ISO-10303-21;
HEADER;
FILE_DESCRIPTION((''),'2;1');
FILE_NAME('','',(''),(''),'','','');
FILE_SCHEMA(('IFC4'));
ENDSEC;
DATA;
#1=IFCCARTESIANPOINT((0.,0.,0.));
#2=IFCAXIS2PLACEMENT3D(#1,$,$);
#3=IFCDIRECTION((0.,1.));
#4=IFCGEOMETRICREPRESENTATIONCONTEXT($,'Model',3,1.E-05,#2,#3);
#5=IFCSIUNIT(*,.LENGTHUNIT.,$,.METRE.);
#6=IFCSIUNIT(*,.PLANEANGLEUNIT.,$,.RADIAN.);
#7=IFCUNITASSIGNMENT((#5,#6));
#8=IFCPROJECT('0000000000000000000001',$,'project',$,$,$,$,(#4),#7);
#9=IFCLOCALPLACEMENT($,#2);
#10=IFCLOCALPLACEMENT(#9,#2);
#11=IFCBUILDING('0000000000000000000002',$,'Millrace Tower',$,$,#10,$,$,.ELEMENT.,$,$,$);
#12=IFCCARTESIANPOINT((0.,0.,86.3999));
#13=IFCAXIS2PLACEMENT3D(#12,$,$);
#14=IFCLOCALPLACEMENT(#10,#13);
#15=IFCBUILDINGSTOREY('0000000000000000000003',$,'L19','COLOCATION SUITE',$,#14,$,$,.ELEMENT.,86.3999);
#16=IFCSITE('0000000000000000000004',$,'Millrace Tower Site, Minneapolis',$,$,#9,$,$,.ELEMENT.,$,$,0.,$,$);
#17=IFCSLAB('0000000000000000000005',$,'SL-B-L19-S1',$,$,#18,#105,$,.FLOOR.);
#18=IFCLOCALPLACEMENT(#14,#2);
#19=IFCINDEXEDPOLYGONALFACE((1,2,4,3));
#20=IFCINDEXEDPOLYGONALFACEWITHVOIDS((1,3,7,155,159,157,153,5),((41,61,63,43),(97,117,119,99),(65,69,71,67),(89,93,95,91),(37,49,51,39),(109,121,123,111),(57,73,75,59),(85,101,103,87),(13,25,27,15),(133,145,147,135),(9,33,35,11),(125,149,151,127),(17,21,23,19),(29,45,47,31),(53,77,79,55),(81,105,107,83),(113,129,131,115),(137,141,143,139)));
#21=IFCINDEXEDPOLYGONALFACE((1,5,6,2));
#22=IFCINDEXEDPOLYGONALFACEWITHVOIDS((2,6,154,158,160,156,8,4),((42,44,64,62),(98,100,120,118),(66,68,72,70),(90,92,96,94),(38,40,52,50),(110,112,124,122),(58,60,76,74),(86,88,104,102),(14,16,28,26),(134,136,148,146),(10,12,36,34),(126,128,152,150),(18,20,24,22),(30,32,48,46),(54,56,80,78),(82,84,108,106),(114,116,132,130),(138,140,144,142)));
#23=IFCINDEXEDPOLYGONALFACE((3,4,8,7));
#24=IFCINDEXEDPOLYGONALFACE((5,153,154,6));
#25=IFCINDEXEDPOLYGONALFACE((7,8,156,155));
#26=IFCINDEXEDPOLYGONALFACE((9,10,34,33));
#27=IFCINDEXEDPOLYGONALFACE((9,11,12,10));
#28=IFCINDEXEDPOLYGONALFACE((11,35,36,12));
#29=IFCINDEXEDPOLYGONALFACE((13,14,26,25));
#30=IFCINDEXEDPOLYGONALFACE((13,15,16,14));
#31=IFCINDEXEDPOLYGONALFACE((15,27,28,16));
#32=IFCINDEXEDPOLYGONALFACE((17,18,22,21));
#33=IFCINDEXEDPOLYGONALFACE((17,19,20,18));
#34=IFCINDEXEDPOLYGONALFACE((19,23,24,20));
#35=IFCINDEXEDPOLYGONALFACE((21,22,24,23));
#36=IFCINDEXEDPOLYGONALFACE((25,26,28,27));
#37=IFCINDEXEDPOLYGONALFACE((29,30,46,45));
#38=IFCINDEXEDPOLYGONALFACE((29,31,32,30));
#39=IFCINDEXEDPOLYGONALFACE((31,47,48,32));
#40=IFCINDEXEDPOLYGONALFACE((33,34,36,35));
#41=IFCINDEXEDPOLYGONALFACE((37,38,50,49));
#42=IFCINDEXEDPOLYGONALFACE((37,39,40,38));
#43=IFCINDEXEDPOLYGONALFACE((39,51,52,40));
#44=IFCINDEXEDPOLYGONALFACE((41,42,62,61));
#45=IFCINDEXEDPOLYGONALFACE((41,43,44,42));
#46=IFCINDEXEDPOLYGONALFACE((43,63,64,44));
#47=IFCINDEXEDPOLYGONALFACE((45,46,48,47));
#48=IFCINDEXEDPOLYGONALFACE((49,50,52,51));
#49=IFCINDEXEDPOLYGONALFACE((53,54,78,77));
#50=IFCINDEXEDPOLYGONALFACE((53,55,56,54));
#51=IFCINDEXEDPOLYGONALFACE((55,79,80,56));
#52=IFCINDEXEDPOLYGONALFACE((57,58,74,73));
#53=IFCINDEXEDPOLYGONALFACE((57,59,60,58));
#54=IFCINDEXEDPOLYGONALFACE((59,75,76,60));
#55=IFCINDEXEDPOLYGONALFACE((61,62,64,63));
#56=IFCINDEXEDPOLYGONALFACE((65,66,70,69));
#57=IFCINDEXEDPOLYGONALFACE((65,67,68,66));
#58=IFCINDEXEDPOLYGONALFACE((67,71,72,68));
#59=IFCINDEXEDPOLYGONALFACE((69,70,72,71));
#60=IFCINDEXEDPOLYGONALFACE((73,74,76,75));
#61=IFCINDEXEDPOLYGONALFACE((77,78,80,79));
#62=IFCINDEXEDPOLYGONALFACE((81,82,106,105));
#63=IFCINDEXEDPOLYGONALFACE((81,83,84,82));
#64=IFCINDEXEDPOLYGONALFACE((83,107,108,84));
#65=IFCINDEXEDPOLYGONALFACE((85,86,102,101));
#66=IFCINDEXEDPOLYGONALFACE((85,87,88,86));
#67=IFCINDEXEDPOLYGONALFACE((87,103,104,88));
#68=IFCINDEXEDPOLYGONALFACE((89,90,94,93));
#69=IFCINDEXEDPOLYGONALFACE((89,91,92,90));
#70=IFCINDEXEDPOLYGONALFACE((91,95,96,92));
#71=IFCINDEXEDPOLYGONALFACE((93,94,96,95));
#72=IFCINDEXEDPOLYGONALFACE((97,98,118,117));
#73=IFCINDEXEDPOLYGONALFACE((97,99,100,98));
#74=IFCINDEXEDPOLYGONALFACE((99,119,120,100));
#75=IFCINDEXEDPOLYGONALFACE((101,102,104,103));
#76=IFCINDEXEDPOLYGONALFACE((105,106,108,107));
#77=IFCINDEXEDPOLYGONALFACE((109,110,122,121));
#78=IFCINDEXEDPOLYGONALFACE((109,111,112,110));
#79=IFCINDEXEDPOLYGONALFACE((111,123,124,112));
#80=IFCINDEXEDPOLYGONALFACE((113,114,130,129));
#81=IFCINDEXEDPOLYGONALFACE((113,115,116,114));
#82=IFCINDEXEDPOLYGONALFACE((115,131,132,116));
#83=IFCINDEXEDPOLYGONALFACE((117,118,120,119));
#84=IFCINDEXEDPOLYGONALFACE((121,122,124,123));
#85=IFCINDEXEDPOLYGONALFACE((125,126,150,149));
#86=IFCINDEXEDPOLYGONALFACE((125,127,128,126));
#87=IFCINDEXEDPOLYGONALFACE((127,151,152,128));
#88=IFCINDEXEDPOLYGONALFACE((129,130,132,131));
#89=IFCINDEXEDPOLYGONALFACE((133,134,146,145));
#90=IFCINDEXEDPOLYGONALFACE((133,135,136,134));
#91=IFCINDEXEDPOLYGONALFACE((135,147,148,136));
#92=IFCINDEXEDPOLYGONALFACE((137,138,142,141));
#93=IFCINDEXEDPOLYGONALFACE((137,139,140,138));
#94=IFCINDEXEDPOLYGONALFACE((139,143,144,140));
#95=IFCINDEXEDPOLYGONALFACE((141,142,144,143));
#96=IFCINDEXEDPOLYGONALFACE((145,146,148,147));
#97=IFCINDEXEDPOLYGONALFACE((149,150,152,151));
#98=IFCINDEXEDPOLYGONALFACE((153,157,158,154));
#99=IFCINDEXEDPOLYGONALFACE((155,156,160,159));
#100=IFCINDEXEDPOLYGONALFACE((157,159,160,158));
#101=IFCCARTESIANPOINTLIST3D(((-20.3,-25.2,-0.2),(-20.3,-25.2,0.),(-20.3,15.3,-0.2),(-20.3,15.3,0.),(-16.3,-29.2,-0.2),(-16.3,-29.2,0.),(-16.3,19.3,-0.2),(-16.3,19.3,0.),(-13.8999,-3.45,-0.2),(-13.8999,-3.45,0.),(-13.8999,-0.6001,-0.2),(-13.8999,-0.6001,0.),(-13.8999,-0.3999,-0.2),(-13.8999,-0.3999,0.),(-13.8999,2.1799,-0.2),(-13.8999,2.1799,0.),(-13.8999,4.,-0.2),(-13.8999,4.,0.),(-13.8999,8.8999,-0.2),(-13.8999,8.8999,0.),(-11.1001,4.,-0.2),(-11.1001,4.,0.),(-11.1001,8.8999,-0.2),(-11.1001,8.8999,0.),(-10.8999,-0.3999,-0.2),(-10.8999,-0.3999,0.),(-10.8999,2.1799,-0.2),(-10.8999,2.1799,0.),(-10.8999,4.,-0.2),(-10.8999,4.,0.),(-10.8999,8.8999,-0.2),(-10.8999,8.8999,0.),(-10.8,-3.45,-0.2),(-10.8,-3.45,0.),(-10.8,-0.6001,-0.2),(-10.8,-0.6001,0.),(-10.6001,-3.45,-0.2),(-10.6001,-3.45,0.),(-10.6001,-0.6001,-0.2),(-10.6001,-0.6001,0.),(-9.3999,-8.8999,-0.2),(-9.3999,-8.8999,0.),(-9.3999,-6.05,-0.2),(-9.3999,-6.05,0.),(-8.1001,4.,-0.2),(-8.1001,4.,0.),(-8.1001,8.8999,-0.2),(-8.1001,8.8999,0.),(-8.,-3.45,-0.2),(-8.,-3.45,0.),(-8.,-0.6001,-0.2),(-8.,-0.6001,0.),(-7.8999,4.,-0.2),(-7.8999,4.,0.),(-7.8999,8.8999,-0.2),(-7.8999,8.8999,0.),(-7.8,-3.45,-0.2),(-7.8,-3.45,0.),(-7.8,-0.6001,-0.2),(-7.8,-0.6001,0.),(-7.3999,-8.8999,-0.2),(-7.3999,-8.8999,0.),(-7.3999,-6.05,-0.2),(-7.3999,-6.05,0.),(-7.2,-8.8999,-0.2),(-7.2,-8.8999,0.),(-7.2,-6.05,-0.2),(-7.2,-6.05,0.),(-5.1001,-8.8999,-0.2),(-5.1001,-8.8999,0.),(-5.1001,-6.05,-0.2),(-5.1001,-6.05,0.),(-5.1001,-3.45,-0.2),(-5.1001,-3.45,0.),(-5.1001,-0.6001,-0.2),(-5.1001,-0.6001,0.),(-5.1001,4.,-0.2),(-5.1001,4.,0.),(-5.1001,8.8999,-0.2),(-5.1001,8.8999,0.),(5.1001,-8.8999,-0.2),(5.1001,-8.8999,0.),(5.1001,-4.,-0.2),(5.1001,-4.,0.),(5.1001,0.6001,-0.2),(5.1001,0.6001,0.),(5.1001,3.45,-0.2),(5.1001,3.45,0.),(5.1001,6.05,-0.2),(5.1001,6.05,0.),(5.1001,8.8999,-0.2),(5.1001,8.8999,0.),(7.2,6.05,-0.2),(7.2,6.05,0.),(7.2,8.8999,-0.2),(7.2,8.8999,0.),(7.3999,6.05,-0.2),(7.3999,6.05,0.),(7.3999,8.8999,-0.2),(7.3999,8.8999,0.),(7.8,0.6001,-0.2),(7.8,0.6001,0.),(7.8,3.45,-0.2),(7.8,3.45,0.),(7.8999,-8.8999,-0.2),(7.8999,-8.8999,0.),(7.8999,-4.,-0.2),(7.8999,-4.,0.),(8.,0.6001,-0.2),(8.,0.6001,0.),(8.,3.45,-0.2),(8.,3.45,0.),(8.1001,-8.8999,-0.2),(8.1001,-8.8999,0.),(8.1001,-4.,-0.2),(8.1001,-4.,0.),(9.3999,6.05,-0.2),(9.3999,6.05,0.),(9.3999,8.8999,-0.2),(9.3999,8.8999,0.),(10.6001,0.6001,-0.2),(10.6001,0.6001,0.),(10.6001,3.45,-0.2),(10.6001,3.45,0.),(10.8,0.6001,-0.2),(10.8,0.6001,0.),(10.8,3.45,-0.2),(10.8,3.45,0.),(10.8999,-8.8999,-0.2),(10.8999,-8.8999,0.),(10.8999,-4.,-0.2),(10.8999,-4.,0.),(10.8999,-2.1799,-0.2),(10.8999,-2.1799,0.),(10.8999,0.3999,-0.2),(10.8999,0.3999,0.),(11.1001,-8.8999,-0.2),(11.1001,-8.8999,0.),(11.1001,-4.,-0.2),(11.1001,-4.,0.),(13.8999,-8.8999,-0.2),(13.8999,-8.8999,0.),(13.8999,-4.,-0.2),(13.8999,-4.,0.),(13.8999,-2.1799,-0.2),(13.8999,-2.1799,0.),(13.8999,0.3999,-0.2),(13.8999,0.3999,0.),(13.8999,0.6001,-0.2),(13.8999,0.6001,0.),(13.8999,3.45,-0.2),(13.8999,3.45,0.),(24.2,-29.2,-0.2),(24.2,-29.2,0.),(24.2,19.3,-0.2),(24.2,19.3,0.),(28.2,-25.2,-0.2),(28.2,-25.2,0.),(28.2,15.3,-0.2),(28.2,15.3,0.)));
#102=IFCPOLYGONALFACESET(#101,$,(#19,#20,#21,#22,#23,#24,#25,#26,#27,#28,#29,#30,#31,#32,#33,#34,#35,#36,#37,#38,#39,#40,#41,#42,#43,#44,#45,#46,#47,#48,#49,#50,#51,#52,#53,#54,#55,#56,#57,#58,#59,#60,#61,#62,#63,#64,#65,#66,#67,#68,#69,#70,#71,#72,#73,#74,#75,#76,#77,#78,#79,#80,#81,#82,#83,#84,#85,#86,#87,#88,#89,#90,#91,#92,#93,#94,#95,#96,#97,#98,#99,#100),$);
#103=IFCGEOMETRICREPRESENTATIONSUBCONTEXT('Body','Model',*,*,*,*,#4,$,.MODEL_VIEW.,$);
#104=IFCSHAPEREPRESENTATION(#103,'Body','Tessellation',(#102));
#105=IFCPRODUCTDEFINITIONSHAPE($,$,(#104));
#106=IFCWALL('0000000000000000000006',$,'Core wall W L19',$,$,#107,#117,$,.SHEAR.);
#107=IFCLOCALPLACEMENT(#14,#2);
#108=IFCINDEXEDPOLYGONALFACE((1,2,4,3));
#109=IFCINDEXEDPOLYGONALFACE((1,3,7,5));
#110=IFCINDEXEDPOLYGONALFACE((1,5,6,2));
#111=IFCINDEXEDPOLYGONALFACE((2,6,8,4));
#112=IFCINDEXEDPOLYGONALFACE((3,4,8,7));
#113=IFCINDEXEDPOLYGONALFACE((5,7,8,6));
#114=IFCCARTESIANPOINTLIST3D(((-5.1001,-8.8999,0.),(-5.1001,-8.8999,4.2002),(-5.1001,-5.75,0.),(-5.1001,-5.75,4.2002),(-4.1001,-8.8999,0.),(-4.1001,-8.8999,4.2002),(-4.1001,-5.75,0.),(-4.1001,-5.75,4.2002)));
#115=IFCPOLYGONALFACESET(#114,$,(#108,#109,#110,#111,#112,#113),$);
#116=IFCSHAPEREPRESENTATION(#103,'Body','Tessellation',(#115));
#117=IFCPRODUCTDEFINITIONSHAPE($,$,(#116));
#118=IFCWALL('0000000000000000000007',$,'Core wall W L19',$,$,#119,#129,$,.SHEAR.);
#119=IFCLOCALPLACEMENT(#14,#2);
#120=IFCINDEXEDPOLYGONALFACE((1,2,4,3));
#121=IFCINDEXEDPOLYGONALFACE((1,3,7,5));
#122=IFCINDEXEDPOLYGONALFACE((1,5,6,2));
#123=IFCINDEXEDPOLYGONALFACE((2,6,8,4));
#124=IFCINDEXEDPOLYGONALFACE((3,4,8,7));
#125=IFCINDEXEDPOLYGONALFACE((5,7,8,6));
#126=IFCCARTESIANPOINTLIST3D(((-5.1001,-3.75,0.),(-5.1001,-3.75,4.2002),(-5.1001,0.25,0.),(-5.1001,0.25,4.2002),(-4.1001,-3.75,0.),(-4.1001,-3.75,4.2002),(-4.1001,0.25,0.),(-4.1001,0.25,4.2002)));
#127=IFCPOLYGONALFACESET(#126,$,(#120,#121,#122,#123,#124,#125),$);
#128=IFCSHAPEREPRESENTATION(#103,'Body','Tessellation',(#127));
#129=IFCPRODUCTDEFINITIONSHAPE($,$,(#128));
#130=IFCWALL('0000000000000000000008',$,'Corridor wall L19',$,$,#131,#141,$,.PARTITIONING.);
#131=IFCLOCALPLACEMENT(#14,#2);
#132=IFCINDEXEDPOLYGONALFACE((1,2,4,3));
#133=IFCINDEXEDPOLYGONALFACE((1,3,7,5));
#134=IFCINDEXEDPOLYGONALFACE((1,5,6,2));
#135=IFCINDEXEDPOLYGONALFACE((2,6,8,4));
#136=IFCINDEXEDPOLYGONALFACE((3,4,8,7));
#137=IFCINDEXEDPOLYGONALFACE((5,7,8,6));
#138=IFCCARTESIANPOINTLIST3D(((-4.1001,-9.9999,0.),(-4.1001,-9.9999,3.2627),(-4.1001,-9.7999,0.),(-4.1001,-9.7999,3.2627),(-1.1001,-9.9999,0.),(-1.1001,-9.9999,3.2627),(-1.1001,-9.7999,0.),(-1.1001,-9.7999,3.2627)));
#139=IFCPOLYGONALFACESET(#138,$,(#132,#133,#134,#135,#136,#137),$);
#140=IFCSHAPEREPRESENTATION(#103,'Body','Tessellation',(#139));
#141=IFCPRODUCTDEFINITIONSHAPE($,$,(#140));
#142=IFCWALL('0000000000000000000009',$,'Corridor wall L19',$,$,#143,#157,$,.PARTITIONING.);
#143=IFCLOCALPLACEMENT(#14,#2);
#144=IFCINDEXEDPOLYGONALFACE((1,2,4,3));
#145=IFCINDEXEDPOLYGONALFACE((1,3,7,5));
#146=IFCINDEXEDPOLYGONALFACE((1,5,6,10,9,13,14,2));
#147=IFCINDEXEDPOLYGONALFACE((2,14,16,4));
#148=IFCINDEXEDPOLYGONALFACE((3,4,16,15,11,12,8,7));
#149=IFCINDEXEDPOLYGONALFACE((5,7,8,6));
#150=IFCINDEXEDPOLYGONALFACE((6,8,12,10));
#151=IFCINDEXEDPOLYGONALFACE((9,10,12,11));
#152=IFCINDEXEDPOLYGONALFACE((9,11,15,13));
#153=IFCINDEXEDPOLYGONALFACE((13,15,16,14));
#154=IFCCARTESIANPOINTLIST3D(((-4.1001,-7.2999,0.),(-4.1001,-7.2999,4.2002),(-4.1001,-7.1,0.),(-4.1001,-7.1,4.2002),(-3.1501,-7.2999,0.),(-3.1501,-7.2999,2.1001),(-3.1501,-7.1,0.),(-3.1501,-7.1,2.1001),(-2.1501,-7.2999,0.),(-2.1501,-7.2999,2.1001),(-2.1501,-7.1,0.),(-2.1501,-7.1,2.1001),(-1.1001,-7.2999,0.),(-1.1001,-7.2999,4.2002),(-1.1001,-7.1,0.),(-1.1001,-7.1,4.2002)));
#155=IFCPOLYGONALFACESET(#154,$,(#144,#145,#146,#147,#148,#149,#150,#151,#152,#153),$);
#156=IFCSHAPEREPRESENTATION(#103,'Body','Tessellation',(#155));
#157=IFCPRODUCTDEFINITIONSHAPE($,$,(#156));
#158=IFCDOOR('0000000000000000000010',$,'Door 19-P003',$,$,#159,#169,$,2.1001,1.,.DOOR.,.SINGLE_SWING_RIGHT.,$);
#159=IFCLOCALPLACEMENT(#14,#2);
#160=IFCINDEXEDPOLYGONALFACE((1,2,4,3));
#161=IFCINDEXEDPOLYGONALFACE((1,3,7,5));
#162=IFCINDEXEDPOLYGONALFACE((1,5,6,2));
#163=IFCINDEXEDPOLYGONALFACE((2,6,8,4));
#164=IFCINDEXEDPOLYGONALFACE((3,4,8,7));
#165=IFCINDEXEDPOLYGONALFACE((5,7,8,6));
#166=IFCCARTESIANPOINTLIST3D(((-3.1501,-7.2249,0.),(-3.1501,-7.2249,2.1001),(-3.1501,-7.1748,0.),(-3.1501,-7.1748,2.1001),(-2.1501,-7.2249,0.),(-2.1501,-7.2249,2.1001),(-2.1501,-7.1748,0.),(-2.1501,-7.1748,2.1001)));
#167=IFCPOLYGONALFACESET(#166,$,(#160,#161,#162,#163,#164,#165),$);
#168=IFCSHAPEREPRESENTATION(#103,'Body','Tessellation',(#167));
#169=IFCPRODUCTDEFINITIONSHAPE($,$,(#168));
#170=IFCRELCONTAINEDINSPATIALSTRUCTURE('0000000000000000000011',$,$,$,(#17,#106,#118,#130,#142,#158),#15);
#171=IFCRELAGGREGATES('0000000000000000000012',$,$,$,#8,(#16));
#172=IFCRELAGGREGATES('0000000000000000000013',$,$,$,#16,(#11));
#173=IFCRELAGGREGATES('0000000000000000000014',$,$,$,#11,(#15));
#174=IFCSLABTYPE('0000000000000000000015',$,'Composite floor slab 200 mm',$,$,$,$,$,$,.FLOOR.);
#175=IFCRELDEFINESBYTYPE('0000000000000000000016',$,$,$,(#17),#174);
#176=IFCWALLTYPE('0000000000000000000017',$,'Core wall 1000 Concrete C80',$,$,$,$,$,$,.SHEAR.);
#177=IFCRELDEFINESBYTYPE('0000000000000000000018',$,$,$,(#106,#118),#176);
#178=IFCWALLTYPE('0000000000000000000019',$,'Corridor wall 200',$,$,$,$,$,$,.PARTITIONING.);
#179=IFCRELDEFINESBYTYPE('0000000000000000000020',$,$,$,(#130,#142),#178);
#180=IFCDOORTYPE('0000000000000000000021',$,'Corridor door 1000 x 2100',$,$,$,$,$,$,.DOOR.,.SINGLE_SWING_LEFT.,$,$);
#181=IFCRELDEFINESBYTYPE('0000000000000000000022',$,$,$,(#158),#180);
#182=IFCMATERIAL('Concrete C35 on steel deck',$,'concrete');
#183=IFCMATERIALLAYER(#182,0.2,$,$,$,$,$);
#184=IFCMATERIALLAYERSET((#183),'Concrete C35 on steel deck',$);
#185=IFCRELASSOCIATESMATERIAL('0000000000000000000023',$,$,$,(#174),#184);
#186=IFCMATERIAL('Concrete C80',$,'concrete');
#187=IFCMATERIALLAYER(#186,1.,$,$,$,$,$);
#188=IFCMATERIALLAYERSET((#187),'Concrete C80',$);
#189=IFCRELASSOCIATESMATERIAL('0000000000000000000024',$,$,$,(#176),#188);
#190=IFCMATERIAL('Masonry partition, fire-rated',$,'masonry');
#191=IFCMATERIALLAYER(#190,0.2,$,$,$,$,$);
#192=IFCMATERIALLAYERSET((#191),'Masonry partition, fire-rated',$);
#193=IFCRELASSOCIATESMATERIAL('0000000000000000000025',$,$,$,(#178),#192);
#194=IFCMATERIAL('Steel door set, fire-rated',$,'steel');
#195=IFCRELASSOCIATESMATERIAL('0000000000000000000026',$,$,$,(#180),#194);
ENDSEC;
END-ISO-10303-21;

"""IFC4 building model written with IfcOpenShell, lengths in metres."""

from ifc_helpers import new_model, si_unit, direction, frame, frame_2d, origin, place, context, subcontext, project, spatial, polyline, rectangle, outline, extrude, material, layer, layer_set, type_object, element, fill, save


model = new_model("IFC4")

# Units and contexts
model_context = context("Model", 3, precision=1e-05, world=origin(), true_north=direction((0.0, 1.0)))
body_context = subcontext(model_context, "Body", "Model", "MODEL_VIEW")
ifc_project = project(units=[si_unit("LENGTHUNIT", "METRE"), si_unit("PLANEANGLEUNIT", "RADIAN")], contexts=[model_context])

# Site, building, storey
site_placement = place(None, origin())
site = spatial("IfcSite", under=ifc_project, at=site_placement, Name="Millrace Tower Site, Minneapolis", CompositionType="ELEMENT", RefElevation=0.0)
building_placement = place(site_placement, origin())
building = spatial("IfcBuilding", under=site, at=building_placement, Name="Millrace Tower", CompositionType="ELEMENT")
storey_placement = place(building_placement, frame((0.0, 0.0, 86.3999)))
storey = spatial("IfcBuildingStorey", under=building, at=storey_placement, Name="L19", Description="COLOCATION SUITE", CompositionType="ELEMENT", Elevation=86.3999)

# Slab
ifc_material_1 = material(Name="Concrete C35 on steel deck", Category="concrete")
ifc_layer_1 = layer(ifc_material_1, 0.2)
ifc_layer_set_1 = layer_set([ifc_layer_1], Name="Concrete C35 on steel deck")
slab_type = type_object("IfcSlabType", Name="Composite floor slab 200 mm", PredefinedType="FLOOR", material=ifc_layer_set_1)
slab_placement = place(storey_placement, frame((0.0, 0.0, -0.2)))
element("IfcSlab", 1, at=slab_placement, inside=storey, type_object=slab_type, Name="SL-B-L19-S1", PredefinedType="FLOOR", context=body_context, shape_type="SweptSolid", body=[
    extrude(outline(polyline([(-20.3, -25.2), (-16.3, -29.2), (24.2, -29.2), (28.2, -25.2), (28.2, 15.3), (24.2, 19.3), (-16.3, 19.3), (-20.3, 15.3), (-20.3, -25.2)]), holes=[polyline([(-9.3999, -8.8999), (-7.3999, -8.8999), (-7.3999, -6.05), (-9.3999, -6.05), (-9.3999, -8.8999)]), polyline([(-7.2, -8.8999), (-5.1001, -8.8999), (-5.1001, -6.05), (-7.2, -6.05), (-7.2, -8.8999)]), polyline([(-13.8999, -3.45), (-10.8, -3.45), (-10.8, -0.6001), (-13.8999, -0.6001), (-13.8999, -3.45)]), polyline([(-10.6001, -3.45), (-8.0, -3.45), (-8.0, -0.6001), (-10.6001, -0.6001), (-10.6001, -3.45)]), polyline([(-7.8, -3.45), (-5.1001, -3.45), (-5.1001, -0.6001), (-7.8, -0.6001), (-7.8, -3.45)]), polyline([(-13.8999, -0.3999), (-10.8999, -0.3999), (-10.8999, 2.1799), (-13.8999, 2.1799), (-13.8999, -0.3999)]), polyline([(-13.8999, 4.0), (-11.1001, 4.0), (-11.1001, 8.8999), (-13.8999, 8.8999), (-13.8999, 4.0)]), polyline([(-10.8999, 4.0), (-8.1001, 4.0), (-8.1001, 8.8999), (-10.8999, 8.8999), (-10.8999, 4.0)]), polyline([(-7.8999, 4.0), (-5.1001, 4.0), (-5.1001, 8.8999), (-7.8999, 8.8999), (-7.8999, 4.0)]), polyline([(7.3999, 6.05), (9.3999, 6.05), (9.3999, 8.8999), (7.3999, 8.8999), (7.3999, 6.05)]), polyline([(5.1001, 6.05), (7.2, 6.05), (7.2, 8.8999), (5.1001, 8.8999), (5.1001, 6.05)]), polyline([(10.8, 0.6001), (13.8999, 0.6001), (13.8999, 3.45), (10.8, 3.45), (10.8, 0.6001)]), polyline([(8.0, 0.6001), (10.6001, 0.6001), (10.6001, 3.45), (8.0, 3.45), (8.0, 0.6001)]), polyline([(5.1001, 0.6001), (7.8, 0.6001), (7.8, 3.45), (5.1001, 3.45), (5.1001, 0.6001)]), polyline([(10.8999, -2.1799), (13.8999, -2.1799), (13.8999, 0.3999), (10.8999, 0.3999), (10.8999, -2.1799)]), polyline([(11.1001, -8.8999), (13.8999, -8.8999), (13.8999, -4.0), (11.1001, -4.0), (11.1001, -8.8999)]), polyline([(8.1001, -8.8999), (10.8999, -8.8999), (10.8999, -4.0), (8.1001, -4.0), (8.1001, -8.8999)]), polyline([(5.1001, -8.8999), (7.8999, -8.8999), (7.8999, -4.0), (5.1001, -4.0), (5.1001, -8.8999)])]), origin(), (0.0, 0.0, 1.0), 0.2),
])

# Walls
ifc_material_2 = material(Name="Concrete C80", Category="concrete")
ifc_layer_2 = layer(ifc_material_2, 1.0)
ifc_layer_set_2 = layer_set([ifc_layer_2], Name="Concrete C80")
wall_type_1 = type_object("IfcWallType", Name="Core wall 1000 Concrete C80", PredefinedType="SHEAR", material=ifc_layer_set_2)
wall_1_placement = place(storey_placement, frame((-4.6001, -8.8999, 0.0), z_axis=(0.0, 0.0, 1.0), x_axis=(0.0, 1.0, 0.0)))
element("IfcWall", 2, at=wall_1_placement, inside=storey, type_object=wall_type_1, Name="Core wall W L19", PredefinedType="SHEAR", context=body_context, shape_type="SweptSolid", body=[
    extrude(rectangle(XDim=3.1499, YDim=1.0, at=frame_2d((1.575, 0.0))), origin(), (0.0, 0.0, 1.0), 4.2002),
])
wall_2_placement = place(storey_placement, frame((-4.6001, -3.75, 0.0), z_axis=(0.0, 0.0, 1.0), x_axis=(0.0, 1.0, 0.0)))
element("IfcWall", 3, at=wall_2_placement, inside=storey, type_object=wall_type_1, Name="Core wall W L19", PredefinedType="SHEAR", context=body_context, shape_type="SweptSolid", body=[
    extrude(rectangle(XDim=4.0, YDim=1.0, at=frame_2d((2.0, 0.0))), origin(), (0.0, 0.0, 1.0), 4.2002),
])
ifc_material_3 = material(Name="Masonry partition, fire-rated", Category="masonry")
ifc_layer_3 = layer(ifc_material_3, 0.2)
ifc_layer_set_3 = layer_set([ifc_layer_3], Name="Masonry partition, fire-rated")
wall_type_2 = type_object("IfcWallType", Name="Corridor wall 200", PredefinedType="PARTITIONING", material=ifc_layer_set_3)
wall_3_placement = place(storey_placement, frame((-4.1001, -9.8999, 0.0), z_axis=(0.0, 0.0, 1.0), x_axis=(1.0, 0.0, 0.0)))
element("IfcWall", 4, at=wall_3_placement, inside=storey, type_object=wall_type_2, Name="Corridor wall L19", PredefinedType="PARTITIONING", context=body_context, shape_type="SweptSolid", body=[
    extrude(rectangle(XDim=3.0, YDim=0.2, at=frame_2d((1.5, 0.0))), origin(), (0.0, 0.0, 1.0), 3.2627),
])

# Wall, opening, door
wall_4_placement = place(storey_placement, frame((-4.1001, -7.2, 0.0), z_axis=(0.0, 0.0, 1.0), x_axis=(1.0, 0.0, 0.0)))
wall_4 = element("IfcWall", 5, at=wall_4_placement, inside=storey, type_object=wall_type_2, Name="Corridor wall L19", PredefinedType="PARTITIONING", context=body_context, shape_type="SweptSolid", body=[
    extrude(rectangle(XDim=3.0, YDim=0.2, at=frame_2d((1.5, 0.0))), origin(), (0.0, 0.0, 1.0), 4.2002),
])
opening_1_placement = place(wall_4_placement, frame((0.95, 0.0, 0.0)))
opening_1 = element("IfcOpeningElement", 6, at=opening_1_placement, cuts=wall_4, PredefinedType="OPENING", context=body_context, shape_type="SweptSolid", body=[
    extrude(rectangle(XDim=1.0, YDim=2.1001, at=frame_2d((0.5, 1.05))), frame((0.0, 0.1099, 0.0), z_axis=(0.0, -1.0, 0.0), x_axis=(1.0, 0.0, 0.0)), (0.0, 0.0, 1.0), 0.22),
])
ifc_material_4 = material(Name="Steel door set, fire-rated", Category="steel")
door_type_1 = type_object("IfcDoorType", Name="Corridor door 1000 x 2100", OperationType="SINGLE_SWING_LEFT", PredefinedType="DOOR", material=ifc_material_4)
door_1_placement = place(opening_1_placement, frame((1.0, 0.0, 0.0), z_axis=(0.0, 0.0, 1.0), x_axis=(-1.0, 0.0, 0.0)))
door_1 = element("IfcDoor", 7, at=door_1_placement, inside=storey, type_object=door_type_1, Name="Door 19-P003", OperationType="SINGLE_SWING_RIGHT", OverallHeight=2.1001, OverallWidth=1.0, PredefinedType="DOOR", context=body_context, shape_type="SweptSolid", body=[
    extrude(rectangle(XDim=1.0, YDim=2.1001, at=frame_2d((0.5, 1.05))), frame((0.0, 0.0249, 0.0), z_axis=(0.0, -1.0, 0.0), x_axis=(1.0, 0.0, 0.0)), (0.0, 0.0, 1.0), 0.05),
])
fill(opening_1, door_1)

save(model, "model.ifc")
